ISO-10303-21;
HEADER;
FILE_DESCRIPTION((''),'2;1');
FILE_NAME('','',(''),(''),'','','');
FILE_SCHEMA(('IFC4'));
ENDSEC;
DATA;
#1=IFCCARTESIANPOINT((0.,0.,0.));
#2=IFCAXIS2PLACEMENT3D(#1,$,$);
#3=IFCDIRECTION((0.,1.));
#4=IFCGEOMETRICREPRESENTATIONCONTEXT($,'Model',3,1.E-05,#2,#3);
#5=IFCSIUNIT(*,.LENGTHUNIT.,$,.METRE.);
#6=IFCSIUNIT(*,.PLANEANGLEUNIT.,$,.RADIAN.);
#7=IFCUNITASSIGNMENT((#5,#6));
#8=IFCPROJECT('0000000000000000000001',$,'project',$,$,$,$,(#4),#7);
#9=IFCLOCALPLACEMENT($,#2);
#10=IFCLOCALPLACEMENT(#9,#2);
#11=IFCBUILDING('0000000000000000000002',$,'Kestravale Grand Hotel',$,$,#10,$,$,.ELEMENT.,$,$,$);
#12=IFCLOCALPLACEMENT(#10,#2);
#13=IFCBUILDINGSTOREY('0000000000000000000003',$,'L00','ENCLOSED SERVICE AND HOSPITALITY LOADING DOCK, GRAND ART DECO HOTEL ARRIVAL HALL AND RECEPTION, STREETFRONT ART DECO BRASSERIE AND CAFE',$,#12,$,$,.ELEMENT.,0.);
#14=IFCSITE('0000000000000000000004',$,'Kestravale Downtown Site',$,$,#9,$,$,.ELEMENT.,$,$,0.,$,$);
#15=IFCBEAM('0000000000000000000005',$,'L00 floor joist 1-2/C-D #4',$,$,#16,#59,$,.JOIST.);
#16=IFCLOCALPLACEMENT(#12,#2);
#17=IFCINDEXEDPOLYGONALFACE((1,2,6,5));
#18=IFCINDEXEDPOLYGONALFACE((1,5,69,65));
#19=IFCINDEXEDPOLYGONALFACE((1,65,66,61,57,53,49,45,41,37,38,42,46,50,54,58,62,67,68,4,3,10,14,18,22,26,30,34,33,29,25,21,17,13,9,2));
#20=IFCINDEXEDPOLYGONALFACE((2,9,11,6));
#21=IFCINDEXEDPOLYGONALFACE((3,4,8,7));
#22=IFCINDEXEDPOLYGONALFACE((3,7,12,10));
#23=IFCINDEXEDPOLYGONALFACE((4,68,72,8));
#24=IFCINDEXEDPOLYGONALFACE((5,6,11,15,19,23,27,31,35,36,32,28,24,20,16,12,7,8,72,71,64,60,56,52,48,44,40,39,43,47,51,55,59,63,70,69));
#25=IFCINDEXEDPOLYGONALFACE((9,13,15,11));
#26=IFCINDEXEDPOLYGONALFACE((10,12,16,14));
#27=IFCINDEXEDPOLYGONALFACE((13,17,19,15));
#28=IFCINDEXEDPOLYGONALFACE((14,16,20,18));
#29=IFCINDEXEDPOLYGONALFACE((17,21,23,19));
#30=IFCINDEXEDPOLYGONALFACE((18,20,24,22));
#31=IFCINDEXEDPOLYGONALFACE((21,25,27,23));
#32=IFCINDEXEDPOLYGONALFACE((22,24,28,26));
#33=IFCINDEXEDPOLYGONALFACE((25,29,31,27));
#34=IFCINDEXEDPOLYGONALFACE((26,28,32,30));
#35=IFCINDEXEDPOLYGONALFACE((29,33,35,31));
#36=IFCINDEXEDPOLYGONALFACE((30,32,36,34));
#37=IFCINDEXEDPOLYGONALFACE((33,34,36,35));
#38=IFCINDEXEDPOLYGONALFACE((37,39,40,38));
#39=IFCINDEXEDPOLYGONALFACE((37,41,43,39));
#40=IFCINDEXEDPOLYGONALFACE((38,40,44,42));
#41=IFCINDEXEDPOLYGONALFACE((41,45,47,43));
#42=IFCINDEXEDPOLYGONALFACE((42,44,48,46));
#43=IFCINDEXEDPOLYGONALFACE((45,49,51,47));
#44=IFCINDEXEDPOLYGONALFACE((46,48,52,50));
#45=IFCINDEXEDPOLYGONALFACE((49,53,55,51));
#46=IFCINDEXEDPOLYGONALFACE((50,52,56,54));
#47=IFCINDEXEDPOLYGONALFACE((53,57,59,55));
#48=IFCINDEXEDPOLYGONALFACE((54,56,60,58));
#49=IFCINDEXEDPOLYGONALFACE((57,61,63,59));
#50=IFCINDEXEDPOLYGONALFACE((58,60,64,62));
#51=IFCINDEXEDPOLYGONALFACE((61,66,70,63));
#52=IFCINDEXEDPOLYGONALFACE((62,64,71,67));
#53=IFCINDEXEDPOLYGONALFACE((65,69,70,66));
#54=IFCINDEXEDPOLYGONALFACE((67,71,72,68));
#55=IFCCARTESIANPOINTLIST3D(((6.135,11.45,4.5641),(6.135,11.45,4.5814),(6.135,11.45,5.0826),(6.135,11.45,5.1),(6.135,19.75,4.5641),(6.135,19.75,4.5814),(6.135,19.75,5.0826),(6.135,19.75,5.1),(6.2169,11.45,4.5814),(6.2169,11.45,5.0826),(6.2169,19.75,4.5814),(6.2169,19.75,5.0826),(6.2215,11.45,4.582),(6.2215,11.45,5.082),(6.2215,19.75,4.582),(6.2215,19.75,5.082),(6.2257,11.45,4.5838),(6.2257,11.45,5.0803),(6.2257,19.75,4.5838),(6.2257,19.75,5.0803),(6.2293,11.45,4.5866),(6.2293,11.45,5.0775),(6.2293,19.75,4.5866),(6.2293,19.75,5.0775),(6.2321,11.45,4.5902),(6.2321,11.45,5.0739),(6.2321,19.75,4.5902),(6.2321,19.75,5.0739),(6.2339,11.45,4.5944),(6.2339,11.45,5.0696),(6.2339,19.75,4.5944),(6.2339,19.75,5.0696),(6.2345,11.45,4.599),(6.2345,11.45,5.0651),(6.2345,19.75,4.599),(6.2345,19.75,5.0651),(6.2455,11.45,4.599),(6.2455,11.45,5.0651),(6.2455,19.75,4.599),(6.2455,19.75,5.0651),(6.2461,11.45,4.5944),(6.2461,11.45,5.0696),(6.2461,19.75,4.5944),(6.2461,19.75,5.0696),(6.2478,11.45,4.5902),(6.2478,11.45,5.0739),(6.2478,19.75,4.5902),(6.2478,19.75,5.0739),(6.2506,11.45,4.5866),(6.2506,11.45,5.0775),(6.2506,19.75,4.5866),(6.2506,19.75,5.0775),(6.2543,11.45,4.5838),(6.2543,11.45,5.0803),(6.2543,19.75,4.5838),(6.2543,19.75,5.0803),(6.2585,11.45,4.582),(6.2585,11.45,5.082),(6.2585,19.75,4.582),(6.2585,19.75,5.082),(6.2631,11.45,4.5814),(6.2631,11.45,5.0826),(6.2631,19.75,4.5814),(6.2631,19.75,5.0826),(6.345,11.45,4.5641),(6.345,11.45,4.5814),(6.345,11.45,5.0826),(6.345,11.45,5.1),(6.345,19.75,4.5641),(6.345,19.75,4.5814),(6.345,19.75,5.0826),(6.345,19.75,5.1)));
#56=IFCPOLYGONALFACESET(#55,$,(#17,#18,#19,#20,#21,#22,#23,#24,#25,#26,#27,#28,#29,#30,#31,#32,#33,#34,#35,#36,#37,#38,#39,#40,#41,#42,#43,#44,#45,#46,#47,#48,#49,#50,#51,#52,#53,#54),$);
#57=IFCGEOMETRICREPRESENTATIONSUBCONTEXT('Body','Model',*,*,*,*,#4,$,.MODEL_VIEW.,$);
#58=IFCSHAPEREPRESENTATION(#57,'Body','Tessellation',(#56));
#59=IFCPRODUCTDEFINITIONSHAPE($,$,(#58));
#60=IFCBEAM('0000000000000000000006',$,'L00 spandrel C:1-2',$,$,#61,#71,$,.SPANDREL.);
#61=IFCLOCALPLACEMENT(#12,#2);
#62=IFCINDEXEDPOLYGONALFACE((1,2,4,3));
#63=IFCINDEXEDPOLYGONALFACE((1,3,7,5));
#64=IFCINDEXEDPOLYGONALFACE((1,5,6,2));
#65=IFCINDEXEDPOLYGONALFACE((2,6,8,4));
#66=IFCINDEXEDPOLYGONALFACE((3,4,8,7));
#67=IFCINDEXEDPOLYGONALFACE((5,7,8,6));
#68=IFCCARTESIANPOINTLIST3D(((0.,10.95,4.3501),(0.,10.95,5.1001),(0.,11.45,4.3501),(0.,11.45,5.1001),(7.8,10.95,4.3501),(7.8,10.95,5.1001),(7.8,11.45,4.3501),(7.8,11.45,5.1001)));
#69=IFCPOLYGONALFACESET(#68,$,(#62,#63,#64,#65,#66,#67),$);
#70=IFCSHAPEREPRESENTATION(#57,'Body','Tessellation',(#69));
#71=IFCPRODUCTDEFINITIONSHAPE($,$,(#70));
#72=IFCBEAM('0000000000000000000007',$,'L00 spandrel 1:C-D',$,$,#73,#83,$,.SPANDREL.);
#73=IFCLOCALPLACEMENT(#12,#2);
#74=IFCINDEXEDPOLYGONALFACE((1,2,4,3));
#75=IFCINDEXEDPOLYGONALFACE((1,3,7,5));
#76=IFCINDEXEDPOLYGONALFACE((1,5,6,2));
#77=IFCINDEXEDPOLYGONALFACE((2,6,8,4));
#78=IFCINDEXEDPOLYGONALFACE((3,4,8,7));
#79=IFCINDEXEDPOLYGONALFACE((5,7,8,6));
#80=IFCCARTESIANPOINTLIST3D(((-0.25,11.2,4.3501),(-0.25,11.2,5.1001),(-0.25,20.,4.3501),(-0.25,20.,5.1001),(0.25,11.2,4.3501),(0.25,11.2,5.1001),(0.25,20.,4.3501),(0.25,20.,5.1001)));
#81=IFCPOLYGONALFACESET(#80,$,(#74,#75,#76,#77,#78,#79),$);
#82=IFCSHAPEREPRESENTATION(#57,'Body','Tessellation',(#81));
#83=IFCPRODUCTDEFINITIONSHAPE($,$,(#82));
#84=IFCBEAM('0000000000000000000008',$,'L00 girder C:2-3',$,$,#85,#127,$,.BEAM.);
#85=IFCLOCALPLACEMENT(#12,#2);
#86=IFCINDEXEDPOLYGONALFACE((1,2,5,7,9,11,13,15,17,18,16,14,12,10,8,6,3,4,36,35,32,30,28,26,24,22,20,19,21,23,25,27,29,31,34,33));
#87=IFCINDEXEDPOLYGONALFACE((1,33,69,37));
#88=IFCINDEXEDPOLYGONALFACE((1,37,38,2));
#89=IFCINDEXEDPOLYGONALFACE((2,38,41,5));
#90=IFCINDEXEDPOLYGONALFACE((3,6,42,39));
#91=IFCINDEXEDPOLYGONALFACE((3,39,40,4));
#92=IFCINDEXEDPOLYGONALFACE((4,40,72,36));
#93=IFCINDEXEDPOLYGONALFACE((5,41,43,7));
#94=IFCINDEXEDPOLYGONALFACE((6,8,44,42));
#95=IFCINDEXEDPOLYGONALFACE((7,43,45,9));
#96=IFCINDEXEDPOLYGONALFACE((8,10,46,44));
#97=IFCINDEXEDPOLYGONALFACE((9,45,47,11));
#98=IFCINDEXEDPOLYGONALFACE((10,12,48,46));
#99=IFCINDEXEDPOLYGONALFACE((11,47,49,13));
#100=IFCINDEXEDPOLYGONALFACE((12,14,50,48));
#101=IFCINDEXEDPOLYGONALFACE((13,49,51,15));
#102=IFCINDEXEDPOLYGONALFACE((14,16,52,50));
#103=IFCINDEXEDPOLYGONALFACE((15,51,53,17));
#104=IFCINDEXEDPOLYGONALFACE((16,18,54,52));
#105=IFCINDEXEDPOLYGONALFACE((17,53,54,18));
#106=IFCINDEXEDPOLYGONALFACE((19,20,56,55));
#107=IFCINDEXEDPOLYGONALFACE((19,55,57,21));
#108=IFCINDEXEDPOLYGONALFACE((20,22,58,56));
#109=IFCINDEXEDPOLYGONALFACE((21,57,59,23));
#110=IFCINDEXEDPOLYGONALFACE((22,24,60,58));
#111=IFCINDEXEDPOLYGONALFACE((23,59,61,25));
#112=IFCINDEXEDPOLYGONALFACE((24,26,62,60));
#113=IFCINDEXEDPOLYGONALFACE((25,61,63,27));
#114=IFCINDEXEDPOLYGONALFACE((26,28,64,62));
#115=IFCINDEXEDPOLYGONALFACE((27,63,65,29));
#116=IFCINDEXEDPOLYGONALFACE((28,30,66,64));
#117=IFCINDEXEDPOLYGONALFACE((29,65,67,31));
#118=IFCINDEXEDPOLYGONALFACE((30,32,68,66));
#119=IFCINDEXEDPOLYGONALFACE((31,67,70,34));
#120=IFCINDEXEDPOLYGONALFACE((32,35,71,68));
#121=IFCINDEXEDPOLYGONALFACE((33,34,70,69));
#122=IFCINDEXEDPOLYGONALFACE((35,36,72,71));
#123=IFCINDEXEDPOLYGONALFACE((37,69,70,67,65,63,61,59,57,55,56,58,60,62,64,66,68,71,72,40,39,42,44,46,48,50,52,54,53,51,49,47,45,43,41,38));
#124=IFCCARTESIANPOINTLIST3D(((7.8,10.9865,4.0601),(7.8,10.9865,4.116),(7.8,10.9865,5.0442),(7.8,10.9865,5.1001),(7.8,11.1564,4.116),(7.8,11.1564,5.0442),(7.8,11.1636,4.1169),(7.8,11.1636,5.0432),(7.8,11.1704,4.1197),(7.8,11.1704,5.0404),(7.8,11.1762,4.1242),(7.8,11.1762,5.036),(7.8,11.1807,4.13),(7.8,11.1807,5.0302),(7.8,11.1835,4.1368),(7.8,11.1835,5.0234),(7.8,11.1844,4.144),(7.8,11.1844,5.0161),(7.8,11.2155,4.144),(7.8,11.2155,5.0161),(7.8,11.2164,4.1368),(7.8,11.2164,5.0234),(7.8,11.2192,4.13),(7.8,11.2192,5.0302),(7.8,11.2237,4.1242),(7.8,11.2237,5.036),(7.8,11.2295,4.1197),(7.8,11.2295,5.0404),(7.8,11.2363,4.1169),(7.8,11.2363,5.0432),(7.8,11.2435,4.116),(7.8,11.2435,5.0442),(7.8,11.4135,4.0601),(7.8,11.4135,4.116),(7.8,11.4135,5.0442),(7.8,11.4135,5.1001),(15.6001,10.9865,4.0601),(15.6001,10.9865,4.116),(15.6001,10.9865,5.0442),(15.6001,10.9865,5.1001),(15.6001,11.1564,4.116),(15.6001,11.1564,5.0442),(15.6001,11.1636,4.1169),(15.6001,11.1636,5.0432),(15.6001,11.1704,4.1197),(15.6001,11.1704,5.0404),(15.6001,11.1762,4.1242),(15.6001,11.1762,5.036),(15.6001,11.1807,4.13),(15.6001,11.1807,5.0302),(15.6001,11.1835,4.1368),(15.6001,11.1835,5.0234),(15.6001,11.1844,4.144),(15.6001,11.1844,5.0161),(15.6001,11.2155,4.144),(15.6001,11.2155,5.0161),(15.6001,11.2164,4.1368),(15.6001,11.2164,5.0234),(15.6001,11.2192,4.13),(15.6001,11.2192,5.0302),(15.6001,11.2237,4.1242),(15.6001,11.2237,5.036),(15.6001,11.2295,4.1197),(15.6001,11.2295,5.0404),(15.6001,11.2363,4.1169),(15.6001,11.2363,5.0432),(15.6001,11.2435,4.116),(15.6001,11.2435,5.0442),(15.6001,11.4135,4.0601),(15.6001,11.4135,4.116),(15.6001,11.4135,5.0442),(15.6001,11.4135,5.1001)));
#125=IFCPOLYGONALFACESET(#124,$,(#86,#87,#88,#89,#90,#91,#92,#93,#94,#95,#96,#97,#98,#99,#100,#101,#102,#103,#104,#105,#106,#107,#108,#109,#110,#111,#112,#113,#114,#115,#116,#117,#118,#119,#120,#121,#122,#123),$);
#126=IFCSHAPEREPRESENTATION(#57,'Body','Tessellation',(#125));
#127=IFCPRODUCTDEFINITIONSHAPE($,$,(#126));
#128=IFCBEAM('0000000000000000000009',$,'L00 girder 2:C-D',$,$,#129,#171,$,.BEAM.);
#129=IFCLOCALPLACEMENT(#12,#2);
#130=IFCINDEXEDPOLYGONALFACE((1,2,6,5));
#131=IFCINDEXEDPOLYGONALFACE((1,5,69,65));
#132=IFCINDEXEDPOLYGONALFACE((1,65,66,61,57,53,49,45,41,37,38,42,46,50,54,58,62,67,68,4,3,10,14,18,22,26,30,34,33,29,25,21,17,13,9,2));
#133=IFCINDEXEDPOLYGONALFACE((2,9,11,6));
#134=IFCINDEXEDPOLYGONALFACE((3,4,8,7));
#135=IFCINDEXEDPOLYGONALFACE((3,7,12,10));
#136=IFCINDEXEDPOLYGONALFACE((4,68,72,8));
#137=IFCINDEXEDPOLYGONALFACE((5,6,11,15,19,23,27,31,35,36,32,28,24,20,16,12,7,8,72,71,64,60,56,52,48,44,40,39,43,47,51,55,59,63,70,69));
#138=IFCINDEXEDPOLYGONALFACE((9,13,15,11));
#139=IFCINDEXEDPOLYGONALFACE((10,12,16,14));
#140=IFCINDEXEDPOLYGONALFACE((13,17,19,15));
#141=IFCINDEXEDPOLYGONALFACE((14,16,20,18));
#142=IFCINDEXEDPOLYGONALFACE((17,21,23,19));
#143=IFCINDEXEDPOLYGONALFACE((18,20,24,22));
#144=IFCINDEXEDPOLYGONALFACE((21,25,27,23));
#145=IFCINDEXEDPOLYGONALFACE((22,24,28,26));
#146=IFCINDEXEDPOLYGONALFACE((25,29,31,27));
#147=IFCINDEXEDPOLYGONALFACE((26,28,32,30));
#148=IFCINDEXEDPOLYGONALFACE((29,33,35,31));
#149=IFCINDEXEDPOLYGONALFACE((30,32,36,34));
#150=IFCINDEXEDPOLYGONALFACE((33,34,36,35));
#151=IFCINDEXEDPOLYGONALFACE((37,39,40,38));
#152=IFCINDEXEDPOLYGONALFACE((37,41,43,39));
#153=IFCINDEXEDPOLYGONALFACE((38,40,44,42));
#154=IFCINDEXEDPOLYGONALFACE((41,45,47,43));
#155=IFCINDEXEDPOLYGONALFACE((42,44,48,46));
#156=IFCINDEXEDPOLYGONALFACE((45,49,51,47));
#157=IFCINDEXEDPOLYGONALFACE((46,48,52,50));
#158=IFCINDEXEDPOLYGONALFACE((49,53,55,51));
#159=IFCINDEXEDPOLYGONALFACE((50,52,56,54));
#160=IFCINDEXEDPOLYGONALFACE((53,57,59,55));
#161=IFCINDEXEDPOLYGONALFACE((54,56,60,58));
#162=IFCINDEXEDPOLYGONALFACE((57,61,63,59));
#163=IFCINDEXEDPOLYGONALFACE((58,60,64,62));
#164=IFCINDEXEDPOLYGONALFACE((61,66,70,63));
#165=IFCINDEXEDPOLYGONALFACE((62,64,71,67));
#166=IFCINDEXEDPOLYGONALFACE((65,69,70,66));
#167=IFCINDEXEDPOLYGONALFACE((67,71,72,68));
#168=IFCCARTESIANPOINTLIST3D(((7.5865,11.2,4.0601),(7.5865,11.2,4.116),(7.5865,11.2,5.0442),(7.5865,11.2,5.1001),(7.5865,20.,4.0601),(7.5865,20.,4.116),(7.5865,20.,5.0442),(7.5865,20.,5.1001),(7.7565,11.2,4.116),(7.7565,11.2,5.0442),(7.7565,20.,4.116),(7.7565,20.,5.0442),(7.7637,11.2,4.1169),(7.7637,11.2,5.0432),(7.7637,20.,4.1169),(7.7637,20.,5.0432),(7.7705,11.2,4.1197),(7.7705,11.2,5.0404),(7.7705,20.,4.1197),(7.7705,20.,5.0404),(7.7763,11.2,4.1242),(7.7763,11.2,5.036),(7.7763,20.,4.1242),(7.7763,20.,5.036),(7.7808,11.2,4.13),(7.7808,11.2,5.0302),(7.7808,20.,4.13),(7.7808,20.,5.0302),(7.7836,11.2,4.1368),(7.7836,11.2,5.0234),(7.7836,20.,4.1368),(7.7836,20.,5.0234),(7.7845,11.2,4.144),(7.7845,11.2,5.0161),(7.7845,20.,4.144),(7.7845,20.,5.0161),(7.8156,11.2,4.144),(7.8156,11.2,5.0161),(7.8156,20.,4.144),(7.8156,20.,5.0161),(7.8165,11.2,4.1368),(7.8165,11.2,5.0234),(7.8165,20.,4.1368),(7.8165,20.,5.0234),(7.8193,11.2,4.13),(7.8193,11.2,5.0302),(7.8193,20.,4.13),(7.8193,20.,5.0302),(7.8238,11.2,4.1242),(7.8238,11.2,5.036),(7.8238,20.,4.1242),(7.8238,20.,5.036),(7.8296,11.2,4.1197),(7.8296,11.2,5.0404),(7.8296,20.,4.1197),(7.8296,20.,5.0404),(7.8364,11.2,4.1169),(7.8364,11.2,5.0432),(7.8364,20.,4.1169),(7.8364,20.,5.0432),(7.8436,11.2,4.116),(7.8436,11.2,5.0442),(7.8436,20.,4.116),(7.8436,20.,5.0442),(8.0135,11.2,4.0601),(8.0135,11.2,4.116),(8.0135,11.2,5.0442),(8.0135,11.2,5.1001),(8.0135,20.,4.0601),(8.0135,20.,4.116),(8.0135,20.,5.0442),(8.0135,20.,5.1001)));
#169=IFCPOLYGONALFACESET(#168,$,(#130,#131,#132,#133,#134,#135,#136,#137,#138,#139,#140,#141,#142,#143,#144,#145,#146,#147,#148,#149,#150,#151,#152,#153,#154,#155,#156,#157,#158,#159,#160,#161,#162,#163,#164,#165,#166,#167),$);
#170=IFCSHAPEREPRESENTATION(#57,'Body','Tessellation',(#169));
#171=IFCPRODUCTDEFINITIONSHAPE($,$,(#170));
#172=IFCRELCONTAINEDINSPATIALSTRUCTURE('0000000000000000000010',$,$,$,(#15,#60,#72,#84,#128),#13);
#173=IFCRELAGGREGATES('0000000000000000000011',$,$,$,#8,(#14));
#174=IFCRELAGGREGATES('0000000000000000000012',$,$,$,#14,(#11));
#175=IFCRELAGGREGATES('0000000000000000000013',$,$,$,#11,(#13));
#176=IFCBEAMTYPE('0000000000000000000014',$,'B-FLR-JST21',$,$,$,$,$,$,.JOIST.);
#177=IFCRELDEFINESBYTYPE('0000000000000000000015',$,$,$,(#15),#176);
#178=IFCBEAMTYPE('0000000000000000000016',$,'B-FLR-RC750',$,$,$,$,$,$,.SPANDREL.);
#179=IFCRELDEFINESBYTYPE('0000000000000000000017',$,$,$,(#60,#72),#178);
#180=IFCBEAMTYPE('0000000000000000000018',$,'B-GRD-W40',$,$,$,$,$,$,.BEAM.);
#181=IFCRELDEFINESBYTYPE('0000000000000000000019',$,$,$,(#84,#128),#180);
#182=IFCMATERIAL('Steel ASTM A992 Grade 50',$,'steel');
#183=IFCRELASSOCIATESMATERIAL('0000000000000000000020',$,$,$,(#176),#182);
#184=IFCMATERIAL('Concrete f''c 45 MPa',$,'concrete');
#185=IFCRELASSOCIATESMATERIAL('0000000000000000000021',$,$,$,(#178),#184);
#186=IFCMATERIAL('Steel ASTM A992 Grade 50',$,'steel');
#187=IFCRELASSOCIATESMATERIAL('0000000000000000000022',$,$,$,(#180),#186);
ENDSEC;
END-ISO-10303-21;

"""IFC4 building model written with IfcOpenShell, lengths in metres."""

from ifc_helpers import new_model, si_unit, direction, frame, origin, origin_2d, place, context, subcontext, project, spatial, rectangle, i_section, extrude, material, material_profile, profile_set, type_object, element, save


model = new_model("IFC4")

# Units and contexts
model_context = context("Model", 3, precision=1e-05, world=origin(), true_north=direction((0.0, 1.0)))
body_context = subcontext(model_context, "Body", "Model", "MODEL_VIEW")
ifc_project = project(units=[si_unit("LENGTHUNIT", "METRE"), si_unit("PLANEANGLEUNIT", "RADIAN")], contexts=[model_context])

# Site, building, storey
site_placement = place(None, origin())
site = spatial("IfcSite", under=ifc_project, at=site_placement, Name="Kestravale Downtown Site", CompositionType="ELEMENT", RefElevation=0.0)
building_placement = place(site_placement, origin())
building = spatial("IfcBuilding", under=site, at=building_placement, Name="Kestravale Grand Hotel", CompositionType="ELEMENT")
storey_placement = place(building_placement, origin())
storey = spatial("IfcBuildingStorey", under=building, at=storey_placement, Name="L00", Description="ENCLOSED SERVICE AND HOSPITALITY LOADING DOCK, GRAND ART DECO HOTEL ARRIVAL HALL AND RECEPTION, STREETFRONT ART DECO BRASSERIE AND CAFE", CompositionType="ELEMENT", Elevation=0.0)

# Beams
ifc_material_1 = material(Name="Steel ASTM A992 Grade 50", Category="steel")
ifc_material_profile_1 = material_profile(ifc_material_1, i_section(OverallWidth=0.21, OverallDepth=0.5359, WebThickness=0.011, FlangeThickness=0.0173, FilletRadius=0.0176, at=origin_2d()))
ifc_profile_set_1 = profile_set([ifc_material_profile_1], Name="Steel ASTM A992 Grade 50")
beam_type_1 = type_object("IfcBeamType", Name="B-FLR-JST21", PredefinedType="JOIST", material=ifc_profile_set_1)
for number, where, z_axis, x_axis, name in (
    (1, (6.24, 11.45, 4.832), (0.0, 1.0, 0.0), (-1.0, 0.0, 0.0), "L00 floor joist 1-2/C-D #4"),
):
    element("IfcBeam", number, at=place(storey_placement, frame(where, z_axis=z_axis, x_axis=x_axis)), inside=storey, type_object=beam_type_1, Name=name, PredefinedType="JOIST", context=body_context, shape_type="SweptSolid", body=[
        extrude(i_section(OverallWidth=0.21, OverallDepth=0.5359, WebThickness=0.011, FlangeThickness=0.0173, FilletRadius=0.0176, at=origin_2d()), origin(), (0.0, 0.0, 1.0), 8.3),
    ])
ifc_material_2 = material(Name="Concrete f'c 45 MPa", Category="concrete")
ifc_material_profile_2 = material_profile(ifc_material_2, rectangle(XDim=0.5, YDim=0.75, at=origin_2d()))
ifc_profile_set_2 = profile_set([ifc_material_profile_2], Name="Concrete f'c 45 MPa")
beam_type_2 = type_object("IfcBeamType", Name="B-FLR-RC750", PredefinedType="SPANDREL", material=ifc_profile_set_2)
beam_1_placement = place(storey_placement, frame((0.0, 11.2, 4.7251), z_axis=(1.0, 0.0, 0.0), x_axis=(0.0, 1.0, 0.0)))
element("IfcBeam", 2, at=beam_1_placement, inside=storey, type_object=beam_type_2, Name="L00 spandrel C:1-2", PredefinedType="SPANDREL", context=body_context, shape_type="SweptSolid", body=[
    extrude(rectangle(XDim=0.5, YDim=0.75, at=origin_2d()), origin(), (0.0, 0.0, 1.0), 7.8),
])
beam_2_placement = place(storey_placement, frame((0.0, 11.2, 4.7251), z_axis=(0.0, 1.0, 0.0), x_axis=(-1.0, 0.0, 0.0)))
element("IfcBeam", 3, at=beam_2_placement, inside=storey, type_object=beam_type_2, Name="L00 spandrel 1:C-D", PredefinedType="SPANDREL", context=body_context, shape_type="SweptSolid", body=[
    extrude(rectangle(XDim=0.5, YDim=0.75, at=origin_2d()), origin(), (0.0, 0.0, 1.0), 8.8),
])
ifc_material_3 = material(Name="Steel ASTM A992 Grade 50", Category="steel")
ifc_material_profile_3 = material_profile(ifc_material_3, i_section(OverallWidth=0.427, OverallDepth=1.04, WebThickness=0.031, FlangeThickness=0.0559, FilletRadius=0.0281, at=origin_2d()))
ifc_profile_set_3 = profile_set([ifc_material_profile_3], Name="Steel ASTM A992 Grade 50")
beam_type_3 = type_object("IfcBeamType", Name="B-GRD-W40", PredefinedType="BEAM", material=ifc_profile_set_3)
beam_3_placement = place(storey_placement, frame((7.8, 11.2, 4.5801), z_axis=(1.0, 0.0, 0.0), x_axis=(0.0, 1.0, 0.0)))
element("IfcBeam", 4, at=beam_3_placement, inside=storey, type_object=beam_type_3, Name="L00 girder C:2-3", PredefinedType="BEAM", context=body_context, shape_type="SweptSolid", body=[
    extrude(i_section(OverallWidth=0.427, OverallDepth=1.04, WebThickness=0.031, FlangeThickness=0.0559, FilletRadius=0.0281, at=origin_2d()), origin(), (0.0, 0.0, 1.0), 7.8),
])
beam_4_placement = place(storey_placement, frame((7.8, 11.2, 4.5801), z_axis=(0.0, 1.0, 0.0), x_axis=(-1.0, 0.0, 0.0)))
element("IfcBeam", 5, at=beam_4_placement, inside=storey, type_object=beam_type_3, Name="L00 girder 2:C-D", PredefinedType="BEAM", context=body_context, shape_type="SweptSolid", body=[
    extrude(i_section(OverallWidth=0.427, OverallDepth=1.04, WebThickness=0.031, FlangeThickness=0.0559, FilletRadius=0.0281, at=origin_2d()), origin(), (0.0, 0.0, 1.0), 8.8),
])

save(model, "model.ifc")
